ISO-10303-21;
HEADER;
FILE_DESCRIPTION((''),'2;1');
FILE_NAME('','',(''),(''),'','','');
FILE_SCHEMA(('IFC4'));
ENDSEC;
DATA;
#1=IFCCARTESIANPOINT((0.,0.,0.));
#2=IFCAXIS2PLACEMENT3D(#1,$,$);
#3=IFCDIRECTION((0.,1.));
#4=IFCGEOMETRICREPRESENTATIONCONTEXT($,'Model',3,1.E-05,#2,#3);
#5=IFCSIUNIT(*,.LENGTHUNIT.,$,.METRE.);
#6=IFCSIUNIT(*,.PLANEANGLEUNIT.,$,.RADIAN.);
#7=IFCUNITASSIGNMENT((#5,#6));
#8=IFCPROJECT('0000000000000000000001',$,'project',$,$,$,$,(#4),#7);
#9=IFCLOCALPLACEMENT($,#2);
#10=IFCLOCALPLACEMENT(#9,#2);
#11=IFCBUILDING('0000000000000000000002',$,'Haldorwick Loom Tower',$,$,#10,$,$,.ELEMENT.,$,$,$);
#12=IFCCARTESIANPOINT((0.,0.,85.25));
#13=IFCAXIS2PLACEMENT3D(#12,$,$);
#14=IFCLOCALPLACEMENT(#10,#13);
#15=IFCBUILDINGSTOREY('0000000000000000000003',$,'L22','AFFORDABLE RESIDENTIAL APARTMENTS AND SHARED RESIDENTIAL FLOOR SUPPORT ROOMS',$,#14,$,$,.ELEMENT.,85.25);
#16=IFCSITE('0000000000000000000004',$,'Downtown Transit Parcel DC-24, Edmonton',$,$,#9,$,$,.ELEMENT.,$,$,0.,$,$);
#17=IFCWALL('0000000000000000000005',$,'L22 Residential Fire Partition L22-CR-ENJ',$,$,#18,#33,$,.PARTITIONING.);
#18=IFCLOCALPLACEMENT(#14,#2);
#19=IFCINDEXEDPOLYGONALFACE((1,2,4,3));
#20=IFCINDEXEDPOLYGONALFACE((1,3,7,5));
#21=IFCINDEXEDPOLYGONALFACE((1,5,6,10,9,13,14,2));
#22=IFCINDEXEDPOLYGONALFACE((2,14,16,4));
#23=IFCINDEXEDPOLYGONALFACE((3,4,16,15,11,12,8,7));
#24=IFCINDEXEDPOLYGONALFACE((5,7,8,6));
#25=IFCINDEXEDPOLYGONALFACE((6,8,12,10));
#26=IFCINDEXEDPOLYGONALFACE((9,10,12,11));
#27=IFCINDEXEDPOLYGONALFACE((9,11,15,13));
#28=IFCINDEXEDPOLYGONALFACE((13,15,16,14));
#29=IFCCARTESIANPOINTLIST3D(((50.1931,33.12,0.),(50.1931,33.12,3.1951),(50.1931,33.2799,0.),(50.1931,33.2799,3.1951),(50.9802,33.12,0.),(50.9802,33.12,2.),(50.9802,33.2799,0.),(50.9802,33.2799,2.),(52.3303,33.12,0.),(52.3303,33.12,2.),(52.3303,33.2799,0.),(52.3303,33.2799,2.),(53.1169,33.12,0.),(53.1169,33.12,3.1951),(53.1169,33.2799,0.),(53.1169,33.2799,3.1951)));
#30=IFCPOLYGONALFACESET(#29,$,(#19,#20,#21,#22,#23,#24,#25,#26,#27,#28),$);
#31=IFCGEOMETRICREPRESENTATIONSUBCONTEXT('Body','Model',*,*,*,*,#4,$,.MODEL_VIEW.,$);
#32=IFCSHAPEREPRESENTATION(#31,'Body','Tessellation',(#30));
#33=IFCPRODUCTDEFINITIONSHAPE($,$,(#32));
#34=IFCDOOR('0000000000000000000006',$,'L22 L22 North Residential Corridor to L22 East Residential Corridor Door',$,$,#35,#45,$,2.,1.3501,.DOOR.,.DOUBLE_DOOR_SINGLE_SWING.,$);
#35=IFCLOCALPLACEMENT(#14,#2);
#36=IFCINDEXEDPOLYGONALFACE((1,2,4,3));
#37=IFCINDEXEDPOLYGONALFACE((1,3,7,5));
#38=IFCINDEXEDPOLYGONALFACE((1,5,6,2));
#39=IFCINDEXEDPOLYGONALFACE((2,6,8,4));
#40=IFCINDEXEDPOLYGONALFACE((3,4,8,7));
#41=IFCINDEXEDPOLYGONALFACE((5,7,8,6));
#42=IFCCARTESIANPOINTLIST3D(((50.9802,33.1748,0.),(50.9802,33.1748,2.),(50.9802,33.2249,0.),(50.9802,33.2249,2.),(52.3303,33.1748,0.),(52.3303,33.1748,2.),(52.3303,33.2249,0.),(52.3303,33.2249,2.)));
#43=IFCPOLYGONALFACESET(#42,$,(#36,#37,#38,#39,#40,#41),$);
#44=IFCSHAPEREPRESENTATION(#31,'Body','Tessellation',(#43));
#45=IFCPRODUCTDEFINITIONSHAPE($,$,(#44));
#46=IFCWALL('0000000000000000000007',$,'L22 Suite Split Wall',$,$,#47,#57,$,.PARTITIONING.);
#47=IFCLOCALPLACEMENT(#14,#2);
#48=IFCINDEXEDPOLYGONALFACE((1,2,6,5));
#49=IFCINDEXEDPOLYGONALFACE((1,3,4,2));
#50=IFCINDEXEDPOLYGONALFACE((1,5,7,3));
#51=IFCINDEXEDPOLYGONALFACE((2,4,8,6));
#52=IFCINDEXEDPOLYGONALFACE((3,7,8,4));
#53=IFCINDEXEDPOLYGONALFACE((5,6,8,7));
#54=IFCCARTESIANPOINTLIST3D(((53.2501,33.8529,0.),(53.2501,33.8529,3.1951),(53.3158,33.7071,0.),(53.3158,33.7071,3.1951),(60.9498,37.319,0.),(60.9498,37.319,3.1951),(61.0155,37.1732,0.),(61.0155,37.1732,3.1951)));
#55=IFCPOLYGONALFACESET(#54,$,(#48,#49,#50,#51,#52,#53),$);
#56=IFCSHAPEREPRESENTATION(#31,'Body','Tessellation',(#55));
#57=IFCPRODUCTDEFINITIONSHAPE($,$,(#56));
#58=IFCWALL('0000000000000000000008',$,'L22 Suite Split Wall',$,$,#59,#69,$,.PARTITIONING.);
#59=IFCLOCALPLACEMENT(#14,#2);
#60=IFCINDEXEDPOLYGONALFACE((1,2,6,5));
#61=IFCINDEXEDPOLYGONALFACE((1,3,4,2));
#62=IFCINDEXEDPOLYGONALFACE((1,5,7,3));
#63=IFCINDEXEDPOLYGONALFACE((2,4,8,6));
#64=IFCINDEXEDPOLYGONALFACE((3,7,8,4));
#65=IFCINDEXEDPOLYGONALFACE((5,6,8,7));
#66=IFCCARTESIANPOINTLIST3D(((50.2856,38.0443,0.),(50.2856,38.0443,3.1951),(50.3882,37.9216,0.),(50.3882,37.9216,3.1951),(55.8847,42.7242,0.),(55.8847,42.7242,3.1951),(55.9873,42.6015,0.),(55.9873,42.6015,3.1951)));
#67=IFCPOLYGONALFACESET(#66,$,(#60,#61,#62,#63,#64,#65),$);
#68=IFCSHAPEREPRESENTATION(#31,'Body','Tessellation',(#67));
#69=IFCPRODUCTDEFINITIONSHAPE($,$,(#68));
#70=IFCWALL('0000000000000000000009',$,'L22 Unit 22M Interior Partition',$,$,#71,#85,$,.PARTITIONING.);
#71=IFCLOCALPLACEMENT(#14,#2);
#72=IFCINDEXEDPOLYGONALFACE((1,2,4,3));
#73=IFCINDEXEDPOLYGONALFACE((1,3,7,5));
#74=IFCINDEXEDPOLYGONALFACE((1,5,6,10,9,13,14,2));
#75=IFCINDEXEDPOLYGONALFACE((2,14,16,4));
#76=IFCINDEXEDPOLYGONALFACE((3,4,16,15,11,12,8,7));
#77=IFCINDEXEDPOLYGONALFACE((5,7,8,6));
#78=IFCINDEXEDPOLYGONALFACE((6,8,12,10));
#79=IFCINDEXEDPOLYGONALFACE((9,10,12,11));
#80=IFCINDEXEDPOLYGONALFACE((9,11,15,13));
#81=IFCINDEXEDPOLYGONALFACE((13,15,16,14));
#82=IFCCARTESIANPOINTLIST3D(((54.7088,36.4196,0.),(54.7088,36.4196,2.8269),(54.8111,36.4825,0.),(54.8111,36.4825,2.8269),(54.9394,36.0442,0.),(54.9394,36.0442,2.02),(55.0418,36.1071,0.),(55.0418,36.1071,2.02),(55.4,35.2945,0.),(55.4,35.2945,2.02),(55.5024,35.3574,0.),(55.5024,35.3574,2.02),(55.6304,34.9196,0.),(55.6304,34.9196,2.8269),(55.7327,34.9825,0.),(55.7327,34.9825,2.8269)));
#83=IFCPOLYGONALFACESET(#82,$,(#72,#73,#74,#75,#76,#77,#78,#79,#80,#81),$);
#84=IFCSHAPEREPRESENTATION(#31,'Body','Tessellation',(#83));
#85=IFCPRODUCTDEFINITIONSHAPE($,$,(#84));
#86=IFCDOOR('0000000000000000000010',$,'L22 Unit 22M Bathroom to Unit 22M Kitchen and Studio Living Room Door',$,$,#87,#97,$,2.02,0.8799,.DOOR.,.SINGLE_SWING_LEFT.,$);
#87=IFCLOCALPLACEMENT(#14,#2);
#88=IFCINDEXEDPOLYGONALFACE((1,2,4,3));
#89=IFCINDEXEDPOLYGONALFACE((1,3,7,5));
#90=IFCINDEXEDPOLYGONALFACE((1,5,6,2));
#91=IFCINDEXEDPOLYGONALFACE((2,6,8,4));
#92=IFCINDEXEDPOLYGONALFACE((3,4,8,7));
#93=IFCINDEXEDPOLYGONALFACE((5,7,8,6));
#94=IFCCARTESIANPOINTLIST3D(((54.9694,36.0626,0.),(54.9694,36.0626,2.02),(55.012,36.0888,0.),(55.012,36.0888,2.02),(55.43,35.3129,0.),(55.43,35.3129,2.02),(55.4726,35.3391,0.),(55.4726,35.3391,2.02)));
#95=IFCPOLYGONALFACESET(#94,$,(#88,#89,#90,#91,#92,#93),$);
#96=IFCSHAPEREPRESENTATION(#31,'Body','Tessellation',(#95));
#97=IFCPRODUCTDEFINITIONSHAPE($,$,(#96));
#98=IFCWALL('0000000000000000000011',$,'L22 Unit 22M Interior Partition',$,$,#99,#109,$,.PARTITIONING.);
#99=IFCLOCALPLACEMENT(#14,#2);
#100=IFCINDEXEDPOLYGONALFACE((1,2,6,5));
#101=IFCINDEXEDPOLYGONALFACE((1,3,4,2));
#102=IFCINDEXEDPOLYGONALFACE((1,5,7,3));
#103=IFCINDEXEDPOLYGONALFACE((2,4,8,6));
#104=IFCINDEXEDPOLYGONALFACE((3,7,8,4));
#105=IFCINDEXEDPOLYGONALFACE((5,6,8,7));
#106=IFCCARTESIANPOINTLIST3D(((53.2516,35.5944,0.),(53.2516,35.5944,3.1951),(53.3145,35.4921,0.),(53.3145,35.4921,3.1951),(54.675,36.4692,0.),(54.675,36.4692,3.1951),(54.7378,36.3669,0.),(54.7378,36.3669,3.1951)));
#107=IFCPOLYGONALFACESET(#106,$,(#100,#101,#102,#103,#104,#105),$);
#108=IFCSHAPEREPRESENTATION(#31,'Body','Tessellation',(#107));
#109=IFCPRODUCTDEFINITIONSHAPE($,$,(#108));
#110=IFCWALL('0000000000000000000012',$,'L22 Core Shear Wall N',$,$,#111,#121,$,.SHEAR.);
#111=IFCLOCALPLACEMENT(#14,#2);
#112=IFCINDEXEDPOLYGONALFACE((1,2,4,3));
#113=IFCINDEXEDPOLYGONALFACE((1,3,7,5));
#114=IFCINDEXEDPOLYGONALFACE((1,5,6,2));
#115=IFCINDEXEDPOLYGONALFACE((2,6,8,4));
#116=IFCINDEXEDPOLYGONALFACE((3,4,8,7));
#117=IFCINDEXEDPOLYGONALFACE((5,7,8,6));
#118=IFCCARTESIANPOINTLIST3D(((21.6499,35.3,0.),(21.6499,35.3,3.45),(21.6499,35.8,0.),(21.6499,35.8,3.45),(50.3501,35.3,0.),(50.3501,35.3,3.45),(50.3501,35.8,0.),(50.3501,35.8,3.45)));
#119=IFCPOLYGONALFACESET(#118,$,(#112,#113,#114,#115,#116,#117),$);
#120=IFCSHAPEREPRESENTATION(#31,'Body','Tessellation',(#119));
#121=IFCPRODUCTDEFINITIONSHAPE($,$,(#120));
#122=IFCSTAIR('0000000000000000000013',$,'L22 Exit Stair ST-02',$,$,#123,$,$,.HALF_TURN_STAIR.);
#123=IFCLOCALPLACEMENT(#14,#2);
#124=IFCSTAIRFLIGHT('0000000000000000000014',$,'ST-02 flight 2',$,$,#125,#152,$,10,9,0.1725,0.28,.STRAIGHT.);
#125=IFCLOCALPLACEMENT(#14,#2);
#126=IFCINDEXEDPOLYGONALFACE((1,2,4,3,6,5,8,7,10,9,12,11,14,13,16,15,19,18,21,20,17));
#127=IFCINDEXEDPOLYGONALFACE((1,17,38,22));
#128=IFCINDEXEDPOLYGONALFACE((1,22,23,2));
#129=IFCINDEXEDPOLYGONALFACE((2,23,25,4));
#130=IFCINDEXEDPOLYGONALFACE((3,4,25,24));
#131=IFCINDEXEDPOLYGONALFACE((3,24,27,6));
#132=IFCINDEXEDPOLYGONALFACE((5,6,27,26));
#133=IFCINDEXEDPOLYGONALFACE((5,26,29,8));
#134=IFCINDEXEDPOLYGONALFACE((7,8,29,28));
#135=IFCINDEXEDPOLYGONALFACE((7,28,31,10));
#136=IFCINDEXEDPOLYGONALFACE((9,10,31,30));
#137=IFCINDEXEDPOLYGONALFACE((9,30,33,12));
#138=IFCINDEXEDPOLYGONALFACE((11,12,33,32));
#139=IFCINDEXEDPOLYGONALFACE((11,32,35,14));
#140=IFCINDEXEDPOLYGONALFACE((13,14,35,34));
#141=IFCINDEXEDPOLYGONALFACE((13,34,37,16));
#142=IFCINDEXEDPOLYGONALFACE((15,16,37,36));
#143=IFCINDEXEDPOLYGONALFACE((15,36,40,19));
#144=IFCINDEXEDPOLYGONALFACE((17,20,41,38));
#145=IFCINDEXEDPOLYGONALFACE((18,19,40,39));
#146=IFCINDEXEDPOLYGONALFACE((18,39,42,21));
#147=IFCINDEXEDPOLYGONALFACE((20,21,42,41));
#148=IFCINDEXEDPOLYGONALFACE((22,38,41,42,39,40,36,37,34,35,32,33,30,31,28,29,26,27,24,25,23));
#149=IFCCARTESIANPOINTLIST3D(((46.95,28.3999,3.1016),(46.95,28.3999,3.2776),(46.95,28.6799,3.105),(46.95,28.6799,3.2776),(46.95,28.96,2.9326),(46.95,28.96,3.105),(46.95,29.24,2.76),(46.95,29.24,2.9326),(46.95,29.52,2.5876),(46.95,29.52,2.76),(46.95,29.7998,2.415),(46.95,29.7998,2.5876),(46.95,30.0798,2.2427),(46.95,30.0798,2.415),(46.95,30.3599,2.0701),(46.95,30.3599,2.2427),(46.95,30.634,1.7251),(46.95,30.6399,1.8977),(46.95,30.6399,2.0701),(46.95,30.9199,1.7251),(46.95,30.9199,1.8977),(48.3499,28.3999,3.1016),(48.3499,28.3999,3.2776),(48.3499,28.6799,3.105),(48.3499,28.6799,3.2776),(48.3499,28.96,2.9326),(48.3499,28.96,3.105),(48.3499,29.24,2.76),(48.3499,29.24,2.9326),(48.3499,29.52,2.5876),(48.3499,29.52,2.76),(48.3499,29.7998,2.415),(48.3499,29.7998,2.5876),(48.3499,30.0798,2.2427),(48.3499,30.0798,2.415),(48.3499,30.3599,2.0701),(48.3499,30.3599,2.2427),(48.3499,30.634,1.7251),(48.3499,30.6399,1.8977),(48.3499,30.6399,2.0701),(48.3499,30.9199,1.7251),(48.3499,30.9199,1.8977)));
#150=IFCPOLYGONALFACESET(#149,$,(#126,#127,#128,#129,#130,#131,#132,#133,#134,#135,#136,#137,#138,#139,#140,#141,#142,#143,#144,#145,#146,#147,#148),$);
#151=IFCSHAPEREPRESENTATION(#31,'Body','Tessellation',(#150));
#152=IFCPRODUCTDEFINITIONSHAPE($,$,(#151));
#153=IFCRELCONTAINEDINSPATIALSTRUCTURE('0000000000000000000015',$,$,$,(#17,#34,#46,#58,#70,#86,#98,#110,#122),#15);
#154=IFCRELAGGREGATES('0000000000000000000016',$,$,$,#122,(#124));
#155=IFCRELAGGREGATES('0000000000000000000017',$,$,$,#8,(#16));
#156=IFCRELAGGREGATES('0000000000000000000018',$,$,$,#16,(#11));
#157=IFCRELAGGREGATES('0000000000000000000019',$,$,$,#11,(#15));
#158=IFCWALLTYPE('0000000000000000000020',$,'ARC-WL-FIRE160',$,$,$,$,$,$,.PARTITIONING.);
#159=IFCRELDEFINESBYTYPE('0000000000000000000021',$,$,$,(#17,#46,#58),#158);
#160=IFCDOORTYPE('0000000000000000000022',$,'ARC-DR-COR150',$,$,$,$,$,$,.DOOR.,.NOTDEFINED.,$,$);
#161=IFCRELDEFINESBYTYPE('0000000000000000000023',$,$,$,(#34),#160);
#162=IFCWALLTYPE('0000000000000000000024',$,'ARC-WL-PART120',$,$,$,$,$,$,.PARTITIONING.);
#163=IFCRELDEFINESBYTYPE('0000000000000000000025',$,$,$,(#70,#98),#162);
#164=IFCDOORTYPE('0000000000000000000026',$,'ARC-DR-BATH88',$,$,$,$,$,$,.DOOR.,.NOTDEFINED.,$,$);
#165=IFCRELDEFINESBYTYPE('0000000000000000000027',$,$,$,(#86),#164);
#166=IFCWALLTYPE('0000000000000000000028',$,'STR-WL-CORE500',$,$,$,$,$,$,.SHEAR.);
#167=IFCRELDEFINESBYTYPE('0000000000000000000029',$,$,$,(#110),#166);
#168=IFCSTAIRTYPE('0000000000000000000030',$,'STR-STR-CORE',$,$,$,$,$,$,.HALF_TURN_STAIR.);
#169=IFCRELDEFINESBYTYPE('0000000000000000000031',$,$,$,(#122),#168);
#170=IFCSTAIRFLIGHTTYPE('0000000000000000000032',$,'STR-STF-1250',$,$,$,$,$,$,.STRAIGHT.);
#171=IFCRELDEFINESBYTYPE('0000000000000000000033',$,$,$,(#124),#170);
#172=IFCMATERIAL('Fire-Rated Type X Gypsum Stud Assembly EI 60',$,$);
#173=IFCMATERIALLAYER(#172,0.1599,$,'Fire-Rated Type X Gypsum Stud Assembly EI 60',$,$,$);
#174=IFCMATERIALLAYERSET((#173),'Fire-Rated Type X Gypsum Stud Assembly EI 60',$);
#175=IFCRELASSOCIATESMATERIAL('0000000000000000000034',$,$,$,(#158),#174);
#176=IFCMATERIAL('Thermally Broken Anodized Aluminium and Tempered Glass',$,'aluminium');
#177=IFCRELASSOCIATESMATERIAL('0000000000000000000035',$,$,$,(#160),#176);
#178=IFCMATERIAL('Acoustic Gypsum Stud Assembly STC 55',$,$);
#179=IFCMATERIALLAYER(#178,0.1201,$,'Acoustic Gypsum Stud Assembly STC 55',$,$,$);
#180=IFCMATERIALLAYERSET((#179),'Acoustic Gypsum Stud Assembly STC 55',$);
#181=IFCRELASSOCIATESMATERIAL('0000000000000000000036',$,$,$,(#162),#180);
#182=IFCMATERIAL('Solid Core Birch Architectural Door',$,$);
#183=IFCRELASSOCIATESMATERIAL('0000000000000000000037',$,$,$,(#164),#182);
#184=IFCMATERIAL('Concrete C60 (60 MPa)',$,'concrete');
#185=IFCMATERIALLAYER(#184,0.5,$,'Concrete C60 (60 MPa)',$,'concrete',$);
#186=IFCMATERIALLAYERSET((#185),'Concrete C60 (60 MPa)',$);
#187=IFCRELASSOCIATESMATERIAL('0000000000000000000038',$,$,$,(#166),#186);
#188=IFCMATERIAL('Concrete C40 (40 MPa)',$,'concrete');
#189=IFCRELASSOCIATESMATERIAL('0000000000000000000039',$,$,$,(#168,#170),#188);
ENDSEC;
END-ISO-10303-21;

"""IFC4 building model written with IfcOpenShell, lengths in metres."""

from ifc_helpers import new_model, si_unit, direction, frame, frame_2d, origin, place, context, subcontext, project, spatial, polyline, rectangle, outline, extrude, material, layer, layer_set, type_object, element, fill, aggregate, save


model = new_model("IFC4")

# Units and contexts
model_context = context("Model", 3, precision=1e-05, world=origin(), true_north=direction((0.0, 1.0)))
body_context = subcontext(model_context, "Body", "Model", "MODEL_VIEW")
ifc_project = project(units=[si_unit("LENGTHUNIT", "METRE"), si_unit("PLANEANGLEUNIT", "RADIAN")], contexts=[model_context])

# Site, building, storey
site_placement = place(None, origin())
site = spatial("IfcSite", under=ifc_project, at=site_placement, Name="Downtown Transit Parcel DC-24, Edmonton", CompositionType="ELEMENT", RefElevation=0.0)
building_placement = place(site_placement, origin())
building = spatial("IfcBuilding", under=site, at=building_placement, Name="Haldorwick Loom Tower", CompositionType="ELEMENT")
storey_placement = place(building_placement, frame((0.0, 0.0, 85.25)))
storey = spatial("IfcBuildingStorey", under=building, at=storey_placement, Name="L22", Description="AFFORDABLE RESIDENTIAL APARTMENTS AND SHARED RESIDENTIAL FLOOR SUPPORT ROOMS", CompositionType="ELEMENT", Elevation=85.25)

# Shared definitions
ifc_material_1 = material(Name="Concrete C60 (60 MPa)", Category="concrete")

# Wall, opening, door
ifc_material_2 = material(Name="Fire-Rated Type X Gypsum Stud Assembly EI 60")
ifc_layer_1 = layer(ifc_material_2, 0.1599, Name="Fire-Rated Type X Gypsum Stud Assembly EI 60")
ifc_layer_set_1 = layer_set([ifc_layer_1], Name="Fire-Rated Type X Gypsum Stud Assembly EI 60")
wall_type_1 = type_object("IfcWallType", Name="ARC-WL-FIRE160", PredefinedType="PARTITIONING", material=ifc_layer_set_1)
wall_1_placement = place(storey_placement, frame((50.1931, 33.2, 0.0), z_axis=(0.0, 0.0, 1.0), x_axis=(1.0, 0.0, 0.0)))
wall_1 = element("IfcWall", 1, at=wall_1_placement, inside=storey, type_object=wall_type_1, Name="L22 Residential Fire Partition L22-CR-ENJ", PredefinedType="PARTITIONING", context=body_context, shape_type="SweptSolid", body=[
    extrude(rectangle(XDim=2.9238, YDim=0.1599, at=frame_2d((1.4619, 0.0))), origin(), (0.0, 0.0, 1.0), 3.1951),
])
opening_1_placement = place(wall_1_placement, frame((0.7871, 0.0, 0.0)))
opening_1 = element("IfcOpeningElement", 2, at=opening_1_placement, cuts=wall_1, PredefinedType="OPENING", context=body_context, shape_type="SweptSolid", body=[
    extrude(rectangle(XDim=1.3501, YDim=2.0, at=frame_2d((0.675, 1.0))), frame((0.0, 0.0898, 0.0), z_axis=(0.0, -1.0, 0.0), x_axis=(1.0, 0.0, 0.0)), (0.0, 0.0, 1.0), 0.1799),
])
ifc_material_3 = material(Name="Thermally Broken Anodized Aluminium and Tempered Glass", Category="aluminium")
door_type_1 = type_object("IfcDoorType", Name="ARC-DR-COR150", OperationType="NOTDEFINED", PredefinedType="DOOR", material=ifc_material_3)
door_1_placement = place(opening_1_placement, origin())
door_1 = element("IfcDoor", 3, at=door_1_placement, inside=storey, type_object=door_type_1, Name="L22 L22 North Residential Corridor to L22 East Residential Corridor Door", OperationType="DOUBLE_DOOR_SINGLE_SWING", OverallHeight=2.0, OverallWidth=1.3501, PredefinedType="DOOR", context=body_context, shape_type="SweptSolid", body=[
    extrude(rectangle(XDim=1.3501, YDim=2.0, at=frame_2d((0.675, 1.0))), frame((0.0, 0.0249, 0.0), z_axis=(0.0, -1.0, 0.0), x_axis=(1.0, 0.0, 0.0)), (0.0, 0.0, 1.0), 0.05),
])
fill(opening_1, door_1)

# Walls
wall_2_placement = place(storey_placement, frame((53.283, 33.78, 0.0), z_axis=(0.0, 0.0, 1.0), x_axis=(0.911868, 0.410482, 0.0)))
element("IfcWall", 4, at=wall_2_placement, inside=storey, type_object=wall_type_1, Name="L22 Suite Split Wall", PredefinedType="PARTITIONING", context=body_context, shape_type="SweptSolid", body=[
    extrude(rectangle(XDim=8.4438, YDim=0.1599, at=frame_2d((4.2219, 0.0))), origin(), (0.0, 0.0, 1.0), 3.1951),
])
wall_3_placement = place(storey_placement, frame((50.3369, 37.9829, 0.0), z_axis=(0.0, 0.0, 1.0), x_axis=(0.767277, 0.641316, 0.0)))
element("IfcWall", 5, at=wall_3_placement, inside=storey, type_object=wall_type_1, Name="L22 Suite Split Wall", PredefinedType="PARTITIONING", context=body_context, shape_type="SweptSolid", body=[
    extrude(rectangle(XDim=7.2974, YDim=0.1599, at=frame_2d((3.6487, 0.0))), origin(), (0.0, 0.0, 1.0), 3.1951),
])

# Wall, opening, door
ifc_material_4 = material(Name="Acoustic Gypsum Stud Assembly STC 55")
ifc_layer_2 = layer(ifc_material_4, 0.1201, Name="Acoustic Gypsum Stud Assembly STC 55")
ifc_layer_set_2 = layer_set([ifc_layer_2], Name="Acoustic Gypsum Stud Assembly STC 55")
wall_type_2 = type_object("IfcWallType", Name="ARC-WL-PART120", PredefinedType="PARTITIONING", material=ifc_layer_set_2)
wall_4_placement = place(storey_placement, frame((55.6816, 34.9509, 0.0), z_axis=(0.0, 0.0, 1.0), x_axis=(-0.523502, 0.852025, 0.0)))
wall_4 = element("IfcWall", 6, at=wall_4_placement, inside=storey, type_object=wall_type_2, Name="L22 Unit 22M Interior Partition", PredefinedType="PARTITIONING", context=body_context, shape_type="SweptSolid", body=[
    extrude(rectangle(XDim=1.7605, YDim=0.1201, at=frame_2d((0.8804, 0.0))), origin(), (0.0, 0.0, 1.0), 2.8269),
])
opening_2_placement = place(wall_4_placement, frame((0.4402, 0.0, 0.0)))
opening_2 = element("IfcOpeningElement", 7, at=opening_2_placement, cuts=wall_4, PredefinedType="OPENING", context=body_context, shape_type="SweptSolid", body=[
    extrude(rectangle(XDim=0.8799, YDim=2.02, at=frame_2d((0.4399, 1.01))), frame((0.0, 0.0701, 0.0), z_axis=(0.0, -1.0, 0.0), x_axis=(1.0, 0.0, 0.0)), (0.0, 0.0, 1.0), 0.1401),
])
ifc_material_5 = material(Name="Solid Core Birch Architectural Door")
door_type_2 = type_object("IfcDoorType", Name="ARC-DR-BATH88", OperationType="NOTDEFINED", PredefinedType="DOOR", material=ifc_material_5)
door_2_placement = place(opening_2_placement, origin())
door_2 = element("IfcDoor", 8, at=door_2_placement, inside=storey, type_object=door_type_2, Name="L22 Unit 22M Bathroom to Unit 22M Kitchen and Studio Living Room Door", OperationType="SINGLE_SWING_LEFT", OverallHeight=2.02, OverallWidth=0.8799, PredefinedType="DOOR", context=body_context, shape_type="SweptSolid", body=[
    extrude(rectangle(XDim=0.8799, YDim=2.02, at=frame_2d((0.4399, 1.01))), frame((0.0, 0.0249, 0.0), z_axis=(0.0, -1.0, 0.0), x_axis=(1.0, 0.0, 0.0)), (0.0, 0.0, 1.0), 0.05),
])
fill(opening_2, door_2)

# Walls
wall_5_placement = place(storey_placement, frame((53.283, 35.5432, 0.0), z_axis=(0.0, 0.0, 1.0), x_axis=(0.851964, 0.5236, 0.0)))
element("IfcWall", 9, at=wall_5_placement, inside=storey, type_object=wall_type_2, Name="L22 Unit 22M Interior Partition", PredefinedType="PARTITIONING", context=body_context, shape_type="SweptSolid", body=[
    extrude(rectangle(XDim=1.6707, YDim=0.1201, at=frame_2d((0.8354, 0.0))), origin(), (0.0, 0.0, 1.0), 3.1951),
])
ifc_layer_3 = layer(ifc_material_1, 0.5, Name="Concrete C60 (60 MPa)", Category="concrete")
ifc_layer_set_3 = layer_set([ifc_layer_3], Name="Concrete C60 (60 MPa)")
wall_type_3 = type_object("IfcWallType", Name="STR-WL-CORE500", PredefinedType="SHEAR", material=ifc_layer_set_3)
wall_6_placement = place(storey_placement, frame((50.3501, 35.55, 0.0), z_axis=(0.0, 0.0, 1.0), x_axis=(-1.0, 0.0, 0.0)))
element("IfcWall", 10, at=wall_6_placement, inside=storey, type_object=wall_type_3, Name="L22 Core Shear Wall N", PredefinedType="SHEAR", context=body_context, shape_type="SweptSolid", body=[
    extrude(rectangle(XDim=28.7002, YDim=0.5, at=frame_2d((14.3501, 0.0))), origin(), (0.0, 0.0, 1.0), 3.45),
])

# Stair, stair flight
ifc_material_6 = material(Name="Concrete C40 (40 MPa)", Category="concrete")
stair_type = type_object("IfcStairType", Name="STR-STR-CORE", PredefinedType="HALF_TURN_STAIR", material=ifc_material_6)
stair_placement = place(storey_placement, origin())
stair = element("IfcStair", 11, at=stair_placement, inside=storey, type_object=stair_type, Name="L22 Exit Stair ST-02", PredefinedType="HALF_TURN_STAIR")
stair_flight_type = type_object("IfcStairFlightType", Name="STR-STF-1250", PredefinedType="STRAIGHT", material=ifc_material_6)
stair_flight_placement = place(storey_placement, frame((47.6499, 30.9199, 1.7251), z_axis=(0.0, 0.0, 1.0), x_axis=(0.0, -1.0, 0.0)))
stair_flight = element("IfcStairFlight", 12, at=stair_flight_placement, type_object=stair_flight_type, Name="ST-02 flight 2", NumberOfRisers=10, NumberOfTreads=9, PredefinedType="STRAIGHT", RiserHeight=0.1725, TreadLength=0.28, context=body_context, shape_type="SweptSolid", body=[
    extrude(outline(polyline([(0.0, 0.0), (0.0, 0.1726), (0.28, 0.1726), (0.28, 0.345), (0.5601, 0.345), (0.5601, 0.5176), (0.8401, 0.5176), (0.8401, 0.6899), (1.1201, 0.6899), (1.1201, 0.8625), (1.3999, 0.8625), (1.3999, 1.0349), (1.6799, 1.0349), (1.6799, 1.2075), (1.96, 1.2075), (1.96, 1.3799), (2.24, 1.3799), (2.24, 1.5525), (2.52, 1.5525), (2.52, 1.7251), (2.52, 1.3765), (0.2859, 0.0), (0.0, 0.0)])), frame((0.0, 0.7, 0.0), z_axis=(0.0, -1.0, 0.0), x_axis=(1.0, 0.0, 0.0)), (0.0, 0.0, 1.0), 1.3999),
])
aggregate(stair, [stair_flight])

save(model, "model.ifc")
